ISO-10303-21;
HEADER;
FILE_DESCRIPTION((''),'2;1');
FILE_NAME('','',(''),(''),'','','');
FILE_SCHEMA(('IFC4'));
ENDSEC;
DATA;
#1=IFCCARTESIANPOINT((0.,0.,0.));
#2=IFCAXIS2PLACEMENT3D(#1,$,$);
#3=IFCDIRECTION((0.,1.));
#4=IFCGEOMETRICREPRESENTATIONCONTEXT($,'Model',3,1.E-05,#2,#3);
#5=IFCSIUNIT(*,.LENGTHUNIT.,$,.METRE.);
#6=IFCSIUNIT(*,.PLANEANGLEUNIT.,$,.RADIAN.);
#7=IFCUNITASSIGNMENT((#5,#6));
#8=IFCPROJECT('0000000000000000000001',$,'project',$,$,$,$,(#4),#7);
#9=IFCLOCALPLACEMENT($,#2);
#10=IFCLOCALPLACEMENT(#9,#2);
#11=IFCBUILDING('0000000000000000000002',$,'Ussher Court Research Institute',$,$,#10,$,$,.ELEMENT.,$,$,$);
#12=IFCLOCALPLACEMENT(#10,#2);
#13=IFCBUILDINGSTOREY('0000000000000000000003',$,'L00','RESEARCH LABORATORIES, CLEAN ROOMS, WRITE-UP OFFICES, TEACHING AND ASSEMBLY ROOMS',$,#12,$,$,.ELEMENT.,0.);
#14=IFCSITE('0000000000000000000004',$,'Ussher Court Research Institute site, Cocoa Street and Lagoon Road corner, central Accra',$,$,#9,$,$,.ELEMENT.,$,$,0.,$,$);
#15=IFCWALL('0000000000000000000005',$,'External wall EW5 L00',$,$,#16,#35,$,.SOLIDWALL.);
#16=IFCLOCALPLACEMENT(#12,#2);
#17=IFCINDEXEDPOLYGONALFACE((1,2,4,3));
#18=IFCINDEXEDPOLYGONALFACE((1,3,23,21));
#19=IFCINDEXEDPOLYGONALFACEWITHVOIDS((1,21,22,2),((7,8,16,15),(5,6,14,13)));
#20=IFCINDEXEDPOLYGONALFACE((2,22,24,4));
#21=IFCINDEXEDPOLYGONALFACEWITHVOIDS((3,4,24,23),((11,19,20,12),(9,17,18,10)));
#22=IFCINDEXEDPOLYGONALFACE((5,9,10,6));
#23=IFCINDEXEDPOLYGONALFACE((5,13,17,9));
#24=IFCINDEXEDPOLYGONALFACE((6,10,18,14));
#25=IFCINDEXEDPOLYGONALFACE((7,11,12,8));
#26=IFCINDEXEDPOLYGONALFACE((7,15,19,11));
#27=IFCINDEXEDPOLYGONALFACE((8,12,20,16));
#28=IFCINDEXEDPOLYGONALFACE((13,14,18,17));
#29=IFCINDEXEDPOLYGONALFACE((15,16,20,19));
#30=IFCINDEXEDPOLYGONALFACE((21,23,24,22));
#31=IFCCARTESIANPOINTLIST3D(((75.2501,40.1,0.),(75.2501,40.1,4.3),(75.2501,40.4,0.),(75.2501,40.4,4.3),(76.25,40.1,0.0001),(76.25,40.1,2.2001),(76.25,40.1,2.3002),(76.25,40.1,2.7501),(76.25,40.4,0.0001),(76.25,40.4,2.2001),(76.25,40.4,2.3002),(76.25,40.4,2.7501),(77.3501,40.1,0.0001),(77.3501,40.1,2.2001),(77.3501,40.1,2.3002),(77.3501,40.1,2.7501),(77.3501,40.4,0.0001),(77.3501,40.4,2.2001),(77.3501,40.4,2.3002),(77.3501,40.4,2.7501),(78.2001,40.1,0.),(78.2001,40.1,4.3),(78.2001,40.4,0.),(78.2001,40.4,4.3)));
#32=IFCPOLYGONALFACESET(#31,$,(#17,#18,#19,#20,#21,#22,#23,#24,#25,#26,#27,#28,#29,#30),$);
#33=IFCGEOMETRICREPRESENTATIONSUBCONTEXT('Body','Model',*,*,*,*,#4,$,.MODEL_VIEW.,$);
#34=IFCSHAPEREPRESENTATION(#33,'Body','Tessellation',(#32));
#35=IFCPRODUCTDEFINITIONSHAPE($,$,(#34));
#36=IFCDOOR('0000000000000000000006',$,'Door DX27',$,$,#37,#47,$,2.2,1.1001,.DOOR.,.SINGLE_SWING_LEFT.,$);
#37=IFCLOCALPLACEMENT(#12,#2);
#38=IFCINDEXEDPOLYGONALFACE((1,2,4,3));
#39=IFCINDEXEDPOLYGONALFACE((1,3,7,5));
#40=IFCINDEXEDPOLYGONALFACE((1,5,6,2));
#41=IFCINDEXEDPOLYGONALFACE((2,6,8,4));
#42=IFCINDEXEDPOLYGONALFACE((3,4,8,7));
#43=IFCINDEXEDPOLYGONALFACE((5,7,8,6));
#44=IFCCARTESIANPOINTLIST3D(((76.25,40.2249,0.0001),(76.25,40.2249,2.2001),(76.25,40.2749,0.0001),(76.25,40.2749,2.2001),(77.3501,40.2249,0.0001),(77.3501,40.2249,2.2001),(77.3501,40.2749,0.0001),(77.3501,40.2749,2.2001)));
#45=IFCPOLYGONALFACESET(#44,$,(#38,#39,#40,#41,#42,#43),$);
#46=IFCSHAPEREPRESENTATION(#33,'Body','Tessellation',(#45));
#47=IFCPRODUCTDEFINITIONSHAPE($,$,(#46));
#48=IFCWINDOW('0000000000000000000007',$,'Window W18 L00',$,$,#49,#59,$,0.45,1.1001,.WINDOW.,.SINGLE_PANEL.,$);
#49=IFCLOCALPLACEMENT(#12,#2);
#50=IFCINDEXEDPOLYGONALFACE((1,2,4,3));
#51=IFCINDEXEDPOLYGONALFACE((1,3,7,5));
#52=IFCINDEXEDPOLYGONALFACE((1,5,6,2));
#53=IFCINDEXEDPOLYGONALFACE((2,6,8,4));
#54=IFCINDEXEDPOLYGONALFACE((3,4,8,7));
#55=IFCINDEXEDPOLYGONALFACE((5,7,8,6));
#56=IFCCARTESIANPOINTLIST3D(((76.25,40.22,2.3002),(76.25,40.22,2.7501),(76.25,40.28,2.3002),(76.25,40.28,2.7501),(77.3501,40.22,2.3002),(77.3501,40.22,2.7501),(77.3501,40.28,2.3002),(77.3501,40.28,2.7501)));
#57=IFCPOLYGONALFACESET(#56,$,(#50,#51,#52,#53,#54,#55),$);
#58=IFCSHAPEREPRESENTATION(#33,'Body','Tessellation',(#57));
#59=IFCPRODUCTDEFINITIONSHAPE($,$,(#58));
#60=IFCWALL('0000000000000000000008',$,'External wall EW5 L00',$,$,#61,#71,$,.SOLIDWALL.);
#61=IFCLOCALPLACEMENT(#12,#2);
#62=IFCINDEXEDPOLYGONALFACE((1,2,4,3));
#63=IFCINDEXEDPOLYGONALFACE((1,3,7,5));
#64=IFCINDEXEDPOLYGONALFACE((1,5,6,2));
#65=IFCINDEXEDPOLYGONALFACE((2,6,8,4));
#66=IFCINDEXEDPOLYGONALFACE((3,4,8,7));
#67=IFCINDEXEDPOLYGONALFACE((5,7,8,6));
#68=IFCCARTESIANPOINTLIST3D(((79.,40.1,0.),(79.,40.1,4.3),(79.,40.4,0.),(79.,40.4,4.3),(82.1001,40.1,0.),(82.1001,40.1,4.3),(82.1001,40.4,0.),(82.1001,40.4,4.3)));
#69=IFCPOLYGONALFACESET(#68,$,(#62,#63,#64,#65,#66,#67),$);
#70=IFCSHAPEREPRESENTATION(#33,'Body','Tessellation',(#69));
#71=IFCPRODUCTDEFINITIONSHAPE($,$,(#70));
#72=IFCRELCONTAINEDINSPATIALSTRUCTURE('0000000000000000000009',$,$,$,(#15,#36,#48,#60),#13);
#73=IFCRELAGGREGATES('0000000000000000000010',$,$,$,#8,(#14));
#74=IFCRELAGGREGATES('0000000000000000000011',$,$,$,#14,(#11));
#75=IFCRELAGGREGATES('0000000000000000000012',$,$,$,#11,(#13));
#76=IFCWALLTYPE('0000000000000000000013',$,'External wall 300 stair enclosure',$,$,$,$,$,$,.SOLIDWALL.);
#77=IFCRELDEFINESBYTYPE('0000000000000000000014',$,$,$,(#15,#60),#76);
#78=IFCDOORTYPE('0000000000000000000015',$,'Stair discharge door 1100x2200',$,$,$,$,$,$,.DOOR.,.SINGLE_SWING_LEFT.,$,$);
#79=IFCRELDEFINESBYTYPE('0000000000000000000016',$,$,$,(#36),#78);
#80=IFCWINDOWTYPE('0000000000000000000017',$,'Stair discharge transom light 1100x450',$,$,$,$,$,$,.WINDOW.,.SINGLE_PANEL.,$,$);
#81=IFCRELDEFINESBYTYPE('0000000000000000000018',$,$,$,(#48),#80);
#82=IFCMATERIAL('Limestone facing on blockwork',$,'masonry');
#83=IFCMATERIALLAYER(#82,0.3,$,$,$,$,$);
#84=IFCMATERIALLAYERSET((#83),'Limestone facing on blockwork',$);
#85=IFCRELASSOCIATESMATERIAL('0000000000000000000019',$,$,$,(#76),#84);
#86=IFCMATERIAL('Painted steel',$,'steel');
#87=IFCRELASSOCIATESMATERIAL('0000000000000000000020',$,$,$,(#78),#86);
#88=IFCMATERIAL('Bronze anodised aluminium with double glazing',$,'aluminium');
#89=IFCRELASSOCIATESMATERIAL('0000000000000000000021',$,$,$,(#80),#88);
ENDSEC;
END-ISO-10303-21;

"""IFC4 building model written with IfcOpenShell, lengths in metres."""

from ifc_helpers import new_model, si_unit, direction, frame, frame_2d, origin, place, context, subcontext, project, spatial, rectangle, extrude, material, layer, layer_set, type_object, element, fill, save


model = new_model("IFC4")

# Units and contexts
model_context = context("Model", 3, precision=1e-05, world=origin(), true_north=direction((0.0, 1.0)))
body_context = subcontext(model_context, "Body", "Model", "MODEL_VIEW")
ifc_project = project(units=[si_unit("LENGTHUNIT", "METRE"), si_unit("PLANEANGLEUNIT", "RADIAN")], contexts=[model_context])

# Site, building, storey
site_placement = place(None, origin())
site = spatial("IfcSite", under=ifc_project, at=site_placement, Name="Ussher Court Research Institute site, Cocoa Street and Lagoon Road corner, central Accra", CompositionType="ELEMENT", RefElevation=0.0)
building_placement = place(site_placement, origin())
building = spatial("IfcBuilding", under=site, at=building_placement, Name="Ussher Court Research Institute", CompositionType="ELEMENT")
storey_placement = place(building_placement, origin())
storey = spatial("IfcBuildingStorey", under=building, at=storey_placement, Name="L00", Description="RESEARCH LABORATORIES, CLEAN ROOMS, WRITE-UP OFFICES, TEACHING AND ASSEMBLY ROOMS", CompositionType="ELEMENT", Elevation=0.0)

# Wall, openings, door, window
ifc_material_1 = material(Name="Limestone facing on blockwork", Category="masonry")
ifc_layer_1 = layer(ifc_material_1, 0.3)
ifc_layer_set_1 = layer_set([ifc_layer_1], Name="Limestone facing on blockwork")
wall_type = type_object("IfcWallType", Name="External wall 300 stair enclosure", PredefinedType="SOLIDWALL", material=ifc_layer_set_1)
wall_1_placement = place(storey_placement, frame((75.25, 40.25, 0.0), z_axis=(0.0, 0.0, 1.0), x_axis=(1.0, 0.0, 0.0)))
wall_1 = element("IfcWall", 1, at=wall_1_placement, inside=storey, type_object=wall_type, Name="External wall EW5 L00", PredefinedType="SOLIDWALL", context=body_context, shape_type="SweptSolid", body=[
    extrude(rectangle(XDim=2.95, YDim=0.3, at=frame_2d((1.4751, 0.0))), origin(), (0.0, 0.0, 1.0), 4.3),
])
opening_1_placement = place(wall_1_placement, frame((1.0, 0.0, 0.0)))
opening_1 = element("IfcOpeningElement", 2, at=opening_1_placement, cuts=wall_1, PredefinedType="OPENING", context=body_context, shape_type="SweptSolid", body=[
    extrude(rectangle(XDim=1.1001, YDim=2.2, at=frame_2d((0.55, 1.1001))), frame((0.0, 0.1602, 0.0), z_axis=(0.0, -1.0, 0.0), x_axis=(1.0, 0.0, 0.0)), (0.0, 0.0, 1.0), 0.3201),
])
opening_2_placement = place(wall_1_placement, frame((1.0, 0.0, 2.3)))
opening_2 = element("IfcOpeningElement", 3, at=opening_2_placement, cuts=wall_1, PredefinedType="OPENING", context=body_context, shape_type="SweptSolid", body=[
    extrude(rectangle(XDim=1.1001, YDim=0.45, at=frame_2d((0.55, 0.2251))), frame((0.0, 0.1602, 0.0), z_axis=(0.0, -1.0, 0.0), x_axis=(1.0, 0.0, 0.0)), (0.0, 0.0, 1.0), 0.3201),
])
ifc_material_2 = material(Name="Painted steel", Category="steel")
door_type = type_object("IfcDoorType", Name="Stair discharge door 1100x2200", OperationType="SINGLE_SWING_LEFT", PredefinedType="DOOR", material=ifc_material_2)
door_placement = place(opening_1_placement, origin())
door = element("IfcDoor", 4, at=door_placement, inside=storey, type_object=door_type, Name="Door DX27", OperationType="SINGLE_SWING_LEFT", OverallHeight=2.2, OverallWidth=1.1001, PredefinedType="DOOR", context=body_context, shape_type="SweptSolid", body=[
    extrude(rectangle(XDim=1.1001, YDim=2.2, at=frame_2d((0.55, 1.1001))), frame((0.0, 0.0249, 0.0), z_axis=(0.0, -1.0, 0.0), x_axis=(1.0, 0.0, 0.0)), (0.0, 0.0, 1.0), 0.05),
])
fill(opening_1, door)
ifc_material_3 = material(Name="Bronze anodised aluminium with double glazing", Category="aluminium")
window_type = type_object("IfcWindowType", Name="Stair discharge transom light 1100x450", PartitioningType="SINGLE_PANEL", PredefinedType="WINDOW", material=ifc_material_3)
window_placement = place(opening_2_placement, origin())
window = element("IfcWindow", 5, at=window_placement, inside=storey, type_object=window_type, Name="Window W18 L00", OverallHeight=0.45, OverallWidth=1.1001, PartitioningType="SINGLE_PANEL", PredefinedType="WINDOW", context=body_context, shape_type="SweptSolid", body=[
    extrude(rectangle(XDim=1.1001, YDim=0.45, at=frame_2d((0.55, 0.2251))), frame((0.0, 0.03, 0.0), z_axis=(0.0, -1.0, 0.0), x_axis=(1.0, 0.0, 0.0)), (0.0, 0.0, 1.0), 0.0601),
])
fill(opening_2, window)

# Wall
wall_2_placement = place(storey_placement, frame((79.0, 40.25, 0.0), z_axis=(0.0, 0.0, 1.0), x_axis=(1.0, 0.0, 0.0)))
element("IfcWall", 6, at=wall_2_placement, inside=storey, type_object=wall_type, Name="External wall EW5 L00", PredefinedType="SOLIDWALL", context=body_context, shape_type="SweptSolid", body=[
    extrude(rectangle(XDim=3.1001, YDim=0.3, at=frame_2d((1.55, 0.0))), origin(), (0.0, 0.0, 1.0), 4.3),
])

save(model, "model.ifc")
